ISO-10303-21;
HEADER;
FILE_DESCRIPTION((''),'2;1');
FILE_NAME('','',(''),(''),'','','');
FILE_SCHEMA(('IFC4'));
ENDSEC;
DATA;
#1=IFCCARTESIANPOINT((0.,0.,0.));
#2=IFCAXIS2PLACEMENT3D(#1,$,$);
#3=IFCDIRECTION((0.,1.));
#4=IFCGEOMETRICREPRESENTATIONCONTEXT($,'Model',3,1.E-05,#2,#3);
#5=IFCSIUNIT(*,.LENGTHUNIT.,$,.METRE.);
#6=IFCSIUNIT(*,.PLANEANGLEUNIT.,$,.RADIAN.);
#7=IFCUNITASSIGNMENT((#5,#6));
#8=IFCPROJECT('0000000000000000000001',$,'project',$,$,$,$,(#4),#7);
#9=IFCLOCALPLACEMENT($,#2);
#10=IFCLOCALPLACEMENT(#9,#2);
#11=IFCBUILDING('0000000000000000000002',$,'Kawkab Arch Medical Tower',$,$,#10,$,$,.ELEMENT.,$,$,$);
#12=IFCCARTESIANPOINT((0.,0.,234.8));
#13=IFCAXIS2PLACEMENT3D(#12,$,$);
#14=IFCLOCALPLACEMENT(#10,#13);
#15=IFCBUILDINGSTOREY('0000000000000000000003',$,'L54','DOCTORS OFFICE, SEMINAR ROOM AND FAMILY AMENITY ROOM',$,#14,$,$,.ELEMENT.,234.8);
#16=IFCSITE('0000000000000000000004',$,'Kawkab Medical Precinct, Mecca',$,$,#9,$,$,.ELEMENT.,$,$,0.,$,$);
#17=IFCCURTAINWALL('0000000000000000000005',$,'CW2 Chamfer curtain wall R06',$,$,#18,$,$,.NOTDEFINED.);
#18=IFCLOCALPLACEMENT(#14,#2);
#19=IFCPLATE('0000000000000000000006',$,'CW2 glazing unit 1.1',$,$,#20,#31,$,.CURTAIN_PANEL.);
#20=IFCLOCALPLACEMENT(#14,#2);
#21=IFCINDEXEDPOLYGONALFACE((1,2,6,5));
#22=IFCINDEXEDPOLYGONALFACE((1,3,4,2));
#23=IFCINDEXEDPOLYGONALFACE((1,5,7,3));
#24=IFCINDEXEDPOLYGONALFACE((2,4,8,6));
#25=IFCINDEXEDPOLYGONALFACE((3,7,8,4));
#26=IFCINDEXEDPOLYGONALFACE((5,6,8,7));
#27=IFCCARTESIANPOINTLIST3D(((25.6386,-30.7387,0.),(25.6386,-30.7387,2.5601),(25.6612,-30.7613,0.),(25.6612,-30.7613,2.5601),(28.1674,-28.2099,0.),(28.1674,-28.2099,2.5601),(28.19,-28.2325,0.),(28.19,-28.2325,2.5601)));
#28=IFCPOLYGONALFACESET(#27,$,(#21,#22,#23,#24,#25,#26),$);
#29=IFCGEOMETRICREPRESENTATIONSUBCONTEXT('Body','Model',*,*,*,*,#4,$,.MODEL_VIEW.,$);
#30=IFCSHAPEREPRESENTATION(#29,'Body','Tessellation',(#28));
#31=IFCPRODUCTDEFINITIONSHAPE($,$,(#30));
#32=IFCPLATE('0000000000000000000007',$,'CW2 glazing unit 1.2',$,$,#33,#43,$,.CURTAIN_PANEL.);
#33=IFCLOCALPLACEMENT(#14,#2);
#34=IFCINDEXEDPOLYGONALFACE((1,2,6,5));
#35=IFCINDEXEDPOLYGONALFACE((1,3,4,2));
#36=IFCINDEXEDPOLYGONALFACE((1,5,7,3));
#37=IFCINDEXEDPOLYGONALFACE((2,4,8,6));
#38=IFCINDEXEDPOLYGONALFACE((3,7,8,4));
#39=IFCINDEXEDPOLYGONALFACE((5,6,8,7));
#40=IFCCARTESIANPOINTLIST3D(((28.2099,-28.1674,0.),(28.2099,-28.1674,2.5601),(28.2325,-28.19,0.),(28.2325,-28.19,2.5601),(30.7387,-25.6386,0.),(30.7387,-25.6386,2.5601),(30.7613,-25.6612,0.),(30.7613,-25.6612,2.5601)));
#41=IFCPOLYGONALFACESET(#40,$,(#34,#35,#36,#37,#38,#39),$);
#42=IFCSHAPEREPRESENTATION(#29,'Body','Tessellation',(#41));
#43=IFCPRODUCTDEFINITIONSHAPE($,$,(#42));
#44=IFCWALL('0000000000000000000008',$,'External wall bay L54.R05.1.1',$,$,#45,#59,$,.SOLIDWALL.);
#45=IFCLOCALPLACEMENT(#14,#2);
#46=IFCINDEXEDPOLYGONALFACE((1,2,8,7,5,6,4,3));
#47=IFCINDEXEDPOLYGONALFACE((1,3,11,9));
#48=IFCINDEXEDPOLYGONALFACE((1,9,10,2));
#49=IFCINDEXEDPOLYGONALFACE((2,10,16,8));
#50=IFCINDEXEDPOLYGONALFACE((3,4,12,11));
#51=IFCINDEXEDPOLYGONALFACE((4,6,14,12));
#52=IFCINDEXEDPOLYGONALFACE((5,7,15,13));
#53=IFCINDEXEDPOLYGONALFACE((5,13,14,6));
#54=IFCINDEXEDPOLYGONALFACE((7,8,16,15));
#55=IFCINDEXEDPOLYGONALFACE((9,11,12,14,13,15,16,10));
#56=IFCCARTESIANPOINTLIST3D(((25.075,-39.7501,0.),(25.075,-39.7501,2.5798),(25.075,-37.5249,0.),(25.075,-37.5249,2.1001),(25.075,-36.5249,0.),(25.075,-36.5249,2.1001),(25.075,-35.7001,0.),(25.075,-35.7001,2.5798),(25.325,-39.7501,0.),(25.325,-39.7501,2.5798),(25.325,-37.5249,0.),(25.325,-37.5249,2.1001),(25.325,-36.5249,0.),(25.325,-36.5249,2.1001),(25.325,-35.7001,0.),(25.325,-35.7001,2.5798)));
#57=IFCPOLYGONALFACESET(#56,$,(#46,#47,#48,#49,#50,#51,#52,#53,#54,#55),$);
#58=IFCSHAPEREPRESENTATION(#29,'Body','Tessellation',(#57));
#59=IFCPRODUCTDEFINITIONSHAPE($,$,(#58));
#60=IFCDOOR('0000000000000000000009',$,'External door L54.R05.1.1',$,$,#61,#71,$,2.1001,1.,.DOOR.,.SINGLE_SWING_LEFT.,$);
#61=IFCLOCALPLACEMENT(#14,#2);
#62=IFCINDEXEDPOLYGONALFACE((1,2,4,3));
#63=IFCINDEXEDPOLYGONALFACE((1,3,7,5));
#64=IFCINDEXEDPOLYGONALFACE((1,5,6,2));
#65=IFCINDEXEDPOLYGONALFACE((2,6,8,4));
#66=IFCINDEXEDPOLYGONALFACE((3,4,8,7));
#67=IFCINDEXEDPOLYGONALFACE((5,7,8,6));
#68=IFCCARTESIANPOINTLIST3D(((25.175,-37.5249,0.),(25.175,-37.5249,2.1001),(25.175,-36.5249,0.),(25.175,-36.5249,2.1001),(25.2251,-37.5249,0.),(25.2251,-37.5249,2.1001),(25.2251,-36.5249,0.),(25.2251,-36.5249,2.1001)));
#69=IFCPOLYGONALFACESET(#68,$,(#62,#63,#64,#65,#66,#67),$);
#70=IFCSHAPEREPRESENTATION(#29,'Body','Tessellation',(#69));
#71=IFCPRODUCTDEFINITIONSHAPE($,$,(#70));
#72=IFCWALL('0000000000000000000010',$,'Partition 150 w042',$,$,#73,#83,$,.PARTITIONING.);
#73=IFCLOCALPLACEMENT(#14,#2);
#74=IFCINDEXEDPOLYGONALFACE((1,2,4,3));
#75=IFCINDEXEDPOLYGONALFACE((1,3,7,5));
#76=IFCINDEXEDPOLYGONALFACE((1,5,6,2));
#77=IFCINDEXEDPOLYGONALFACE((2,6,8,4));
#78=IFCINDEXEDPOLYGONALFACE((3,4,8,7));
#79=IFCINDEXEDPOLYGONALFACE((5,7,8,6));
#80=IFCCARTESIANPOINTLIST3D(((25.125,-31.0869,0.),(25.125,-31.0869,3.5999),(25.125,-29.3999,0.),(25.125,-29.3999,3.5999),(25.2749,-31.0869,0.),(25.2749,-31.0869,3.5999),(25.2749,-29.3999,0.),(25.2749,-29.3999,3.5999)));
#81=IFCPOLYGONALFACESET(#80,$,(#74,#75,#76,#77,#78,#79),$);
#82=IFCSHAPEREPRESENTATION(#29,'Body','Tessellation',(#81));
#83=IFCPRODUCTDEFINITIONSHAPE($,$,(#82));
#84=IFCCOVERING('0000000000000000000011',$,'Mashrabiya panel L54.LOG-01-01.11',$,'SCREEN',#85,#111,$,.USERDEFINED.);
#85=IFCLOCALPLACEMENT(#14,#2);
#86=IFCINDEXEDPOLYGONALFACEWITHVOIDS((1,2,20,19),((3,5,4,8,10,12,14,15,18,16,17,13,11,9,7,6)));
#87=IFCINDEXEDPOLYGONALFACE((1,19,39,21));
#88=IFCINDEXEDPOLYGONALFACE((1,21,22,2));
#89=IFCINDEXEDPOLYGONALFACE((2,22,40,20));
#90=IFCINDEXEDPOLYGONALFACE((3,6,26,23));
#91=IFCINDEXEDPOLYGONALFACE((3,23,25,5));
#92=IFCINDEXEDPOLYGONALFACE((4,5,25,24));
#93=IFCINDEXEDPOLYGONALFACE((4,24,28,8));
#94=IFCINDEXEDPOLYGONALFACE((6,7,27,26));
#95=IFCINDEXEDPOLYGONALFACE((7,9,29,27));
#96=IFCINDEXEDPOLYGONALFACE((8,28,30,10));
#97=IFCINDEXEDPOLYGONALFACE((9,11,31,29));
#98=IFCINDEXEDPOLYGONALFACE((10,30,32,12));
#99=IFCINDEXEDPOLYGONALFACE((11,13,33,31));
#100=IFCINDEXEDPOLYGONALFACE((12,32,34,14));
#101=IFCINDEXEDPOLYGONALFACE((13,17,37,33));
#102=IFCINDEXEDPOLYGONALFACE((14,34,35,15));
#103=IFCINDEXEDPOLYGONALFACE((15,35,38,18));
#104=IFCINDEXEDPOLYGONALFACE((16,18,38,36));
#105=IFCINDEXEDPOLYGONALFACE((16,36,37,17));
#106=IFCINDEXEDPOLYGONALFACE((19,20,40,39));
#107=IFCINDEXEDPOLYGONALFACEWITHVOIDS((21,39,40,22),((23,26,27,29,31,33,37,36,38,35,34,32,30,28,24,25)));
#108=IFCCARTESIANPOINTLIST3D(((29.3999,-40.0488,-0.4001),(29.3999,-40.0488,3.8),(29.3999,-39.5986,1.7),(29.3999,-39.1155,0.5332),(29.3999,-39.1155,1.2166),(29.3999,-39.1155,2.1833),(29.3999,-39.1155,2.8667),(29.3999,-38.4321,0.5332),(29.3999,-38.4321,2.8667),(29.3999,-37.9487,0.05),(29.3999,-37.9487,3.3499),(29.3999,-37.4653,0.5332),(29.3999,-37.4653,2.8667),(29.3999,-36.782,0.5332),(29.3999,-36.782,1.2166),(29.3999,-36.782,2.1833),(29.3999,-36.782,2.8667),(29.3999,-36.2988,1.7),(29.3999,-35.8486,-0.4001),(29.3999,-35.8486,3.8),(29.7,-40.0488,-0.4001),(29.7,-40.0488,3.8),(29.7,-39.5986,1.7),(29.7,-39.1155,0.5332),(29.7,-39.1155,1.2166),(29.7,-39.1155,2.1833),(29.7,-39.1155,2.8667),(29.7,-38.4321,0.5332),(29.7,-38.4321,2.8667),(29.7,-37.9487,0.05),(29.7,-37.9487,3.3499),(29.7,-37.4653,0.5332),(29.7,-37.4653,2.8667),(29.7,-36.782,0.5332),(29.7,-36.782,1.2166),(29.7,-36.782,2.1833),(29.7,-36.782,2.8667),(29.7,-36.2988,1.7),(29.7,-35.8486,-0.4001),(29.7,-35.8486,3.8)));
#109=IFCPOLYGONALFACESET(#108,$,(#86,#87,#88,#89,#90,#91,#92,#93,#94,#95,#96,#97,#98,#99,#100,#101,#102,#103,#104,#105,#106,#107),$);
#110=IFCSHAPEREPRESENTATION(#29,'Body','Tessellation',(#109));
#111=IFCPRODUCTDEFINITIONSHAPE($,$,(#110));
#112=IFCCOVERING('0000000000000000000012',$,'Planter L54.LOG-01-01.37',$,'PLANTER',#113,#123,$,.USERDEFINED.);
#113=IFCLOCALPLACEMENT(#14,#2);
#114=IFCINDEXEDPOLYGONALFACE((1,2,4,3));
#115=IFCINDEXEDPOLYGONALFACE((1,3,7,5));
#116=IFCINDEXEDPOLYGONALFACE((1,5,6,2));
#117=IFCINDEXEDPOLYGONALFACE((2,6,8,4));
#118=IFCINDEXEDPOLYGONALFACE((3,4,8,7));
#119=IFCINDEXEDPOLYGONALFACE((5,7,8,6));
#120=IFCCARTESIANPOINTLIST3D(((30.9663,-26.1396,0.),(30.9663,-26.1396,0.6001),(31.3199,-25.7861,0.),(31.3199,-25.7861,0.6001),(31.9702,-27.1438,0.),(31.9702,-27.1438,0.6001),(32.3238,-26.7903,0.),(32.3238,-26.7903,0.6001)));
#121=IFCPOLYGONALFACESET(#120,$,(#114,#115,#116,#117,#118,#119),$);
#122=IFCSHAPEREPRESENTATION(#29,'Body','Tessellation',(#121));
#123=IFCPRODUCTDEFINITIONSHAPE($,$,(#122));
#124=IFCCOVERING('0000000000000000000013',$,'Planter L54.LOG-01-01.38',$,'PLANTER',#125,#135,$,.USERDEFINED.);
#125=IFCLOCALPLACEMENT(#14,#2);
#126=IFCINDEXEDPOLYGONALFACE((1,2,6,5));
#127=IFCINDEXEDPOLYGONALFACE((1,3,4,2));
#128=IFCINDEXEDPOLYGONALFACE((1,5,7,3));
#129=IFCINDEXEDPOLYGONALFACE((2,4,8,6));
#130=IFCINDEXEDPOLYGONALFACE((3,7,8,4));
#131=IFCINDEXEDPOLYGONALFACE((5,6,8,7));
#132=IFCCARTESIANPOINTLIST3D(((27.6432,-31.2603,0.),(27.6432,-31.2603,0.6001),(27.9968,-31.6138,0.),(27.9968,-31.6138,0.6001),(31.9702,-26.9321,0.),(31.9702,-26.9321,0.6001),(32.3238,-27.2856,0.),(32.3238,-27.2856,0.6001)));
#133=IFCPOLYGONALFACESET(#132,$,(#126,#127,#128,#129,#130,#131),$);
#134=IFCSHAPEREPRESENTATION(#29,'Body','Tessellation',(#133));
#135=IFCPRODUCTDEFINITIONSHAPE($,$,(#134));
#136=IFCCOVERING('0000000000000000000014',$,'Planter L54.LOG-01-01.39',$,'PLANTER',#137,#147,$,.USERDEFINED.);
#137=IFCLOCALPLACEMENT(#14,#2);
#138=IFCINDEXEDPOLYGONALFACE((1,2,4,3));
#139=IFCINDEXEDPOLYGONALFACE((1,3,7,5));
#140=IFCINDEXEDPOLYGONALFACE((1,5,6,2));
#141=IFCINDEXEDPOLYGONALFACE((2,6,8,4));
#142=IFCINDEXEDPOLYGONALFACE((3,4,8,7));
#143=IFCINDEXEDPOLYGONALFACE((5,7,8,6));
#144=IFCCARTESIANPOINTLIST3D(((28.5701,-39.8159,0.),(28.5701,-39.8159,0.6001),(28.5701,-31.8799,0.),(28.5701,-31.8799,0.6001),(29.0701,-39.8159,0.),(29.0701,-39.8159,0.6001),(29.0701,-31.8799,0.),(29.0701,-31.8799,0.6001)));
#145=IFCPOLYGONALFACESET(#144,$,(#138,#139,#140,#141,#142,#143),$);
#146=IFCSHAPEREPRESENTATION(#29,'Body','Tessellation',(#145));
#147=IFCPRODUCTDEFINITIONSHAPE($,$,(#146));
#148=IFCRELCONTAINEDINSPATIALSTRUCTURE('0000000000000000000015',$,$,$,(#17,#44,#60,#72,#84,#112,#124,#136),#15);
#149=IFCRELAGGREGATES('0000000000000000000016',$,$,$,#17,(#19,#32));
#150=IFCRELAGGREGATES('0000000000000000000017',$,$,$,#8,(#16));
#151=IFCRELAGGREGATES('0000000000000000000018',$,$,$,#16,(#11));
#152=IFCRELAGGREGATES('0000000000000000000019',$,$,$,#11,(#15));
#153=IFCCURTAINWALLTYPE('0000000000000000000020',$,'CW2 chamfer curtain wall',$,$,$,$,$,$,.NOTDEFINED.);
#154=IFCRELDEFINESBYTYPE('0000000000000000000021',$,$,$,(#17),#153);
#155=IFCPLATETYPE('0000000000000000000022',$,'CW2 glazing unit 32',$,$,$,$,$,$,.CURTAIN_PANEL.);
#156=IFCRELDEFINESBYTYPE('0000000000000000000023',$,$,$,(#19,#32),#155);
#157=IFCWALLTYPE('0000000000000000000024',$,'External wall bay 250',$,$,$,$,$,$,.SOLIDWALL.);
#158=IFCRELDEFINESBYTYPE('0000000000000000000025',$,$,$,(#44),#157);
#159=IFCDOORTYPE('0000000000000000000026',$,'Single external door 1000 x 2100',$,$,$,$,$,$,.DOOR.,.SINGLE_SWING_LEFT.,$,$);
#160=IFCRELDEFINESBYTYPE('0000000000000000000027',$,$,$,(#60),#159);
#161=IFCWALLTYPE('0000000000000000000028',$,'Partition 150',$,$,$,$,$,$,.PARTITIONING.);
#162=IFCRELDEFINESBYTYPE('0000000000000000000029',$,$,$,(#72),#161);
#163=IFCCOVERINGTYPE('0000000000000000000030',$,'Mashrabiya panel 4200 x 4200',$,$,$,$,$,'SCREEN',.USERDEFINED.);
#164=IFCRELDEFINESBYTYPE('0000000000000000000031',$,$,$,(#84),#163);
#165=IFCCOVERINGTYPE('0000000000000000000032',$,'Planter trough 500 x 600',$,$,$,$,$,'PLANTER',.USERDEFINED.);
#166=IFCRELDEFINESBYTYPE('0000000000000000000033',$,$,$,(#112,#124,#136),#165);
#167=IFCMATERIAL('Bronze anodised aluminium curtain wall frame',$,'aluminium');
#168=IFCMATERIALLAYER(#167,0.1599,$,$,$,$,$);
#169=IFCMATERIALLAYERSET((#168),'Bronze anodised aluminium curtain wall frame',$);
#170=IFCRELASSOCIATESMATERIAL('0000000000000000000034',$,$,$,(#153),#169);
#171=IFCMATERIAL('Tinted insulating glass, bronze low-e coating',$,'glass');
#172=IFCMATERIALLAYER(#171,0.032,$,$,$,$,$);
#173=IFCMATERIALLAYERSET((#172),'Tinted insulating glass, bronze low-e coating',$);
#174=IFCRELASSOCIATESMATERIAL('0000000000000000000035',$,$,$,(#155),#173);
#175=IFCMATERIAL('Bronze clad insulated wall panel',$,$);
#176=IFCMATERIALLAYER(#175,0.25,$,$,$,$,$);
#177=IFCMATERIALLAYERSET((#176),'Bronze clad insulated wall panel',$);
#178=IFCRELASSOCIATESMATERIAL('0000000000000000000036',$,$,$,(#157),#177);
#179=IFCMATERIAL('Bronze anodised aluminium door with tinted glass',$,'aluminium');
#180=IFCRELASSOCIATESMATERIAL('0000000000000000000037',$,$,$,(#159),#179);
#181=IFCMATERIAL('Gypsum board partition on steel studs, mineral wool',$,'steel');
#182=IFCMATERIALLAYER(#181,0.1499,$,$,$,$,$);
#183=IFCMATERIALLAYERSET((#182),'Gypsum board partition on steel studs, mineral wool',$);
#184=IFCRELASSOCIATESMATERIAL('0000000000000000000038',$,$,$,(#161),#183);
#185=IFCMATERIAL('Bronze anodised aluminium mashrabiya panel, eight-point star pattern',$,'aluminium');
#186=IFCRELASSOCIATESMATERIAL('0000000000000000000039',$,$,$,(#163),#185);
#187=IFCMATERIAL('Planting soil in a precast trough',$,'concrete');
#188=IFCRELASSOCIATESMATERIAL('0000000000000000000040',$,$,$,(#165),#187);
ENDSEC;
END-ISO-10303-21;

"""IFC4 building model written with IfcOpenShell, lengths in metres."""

from ifc_helpers import new_model, si_unit, direction, frame, frame_2d, origin, origin_2d, place, context, subcontext, project, spatial, polyline, rectangle, outline, extrude, material, layer, layer_set, material_profile, profile_set, type_object, element, fill, aggregate, save


model = new_model("IFC4")

# Units and contexts
model_context = context("Model", 3, precision=1e-05, world=origin(), true_north=direction((0.0, 1.0)))
body_context = subcontext(model_context, "Body", "Model", "MODEL_VIEW")
ifc_project = project(units=[si_unit("LENGTHUNIT", "METRE"), si_unit("PLANEANGLEUNIT", "RADIAN")], contexts=[model_context])

# Site, building, storey
site_placement = place(None, origin())
site = spatial("IfcSite", under=ifc_project, at=site_placement, Name="Kawkab Medical Precinct, Mecca", CompositionType="ELEMENT", RefElevation=0.0)
building_placement = place(site_placement, origin())
building = spatial("IfcBuilding", under=site, at=building_placement, Name="Kawkab Arch Medical Tower", CompositionType="ELEMENT")
storey_placement = place(building_placement, frame((0.0, 0.0, 234.8)))
storey = spatial("IfcBuildingStorey", under=building, at=storey_placement, Name="L54", Description="DOCTORS OFFICE, SEMINAR ROOM AND FAMILY AMENITY ROOM", CompositionType="ELEMENT", Elevation=234.8)

# Shared definitions
placement = place(storey_placement, origin())
ifc_material_1 = material(Name="Bronze anodised aluminium curtain wall frame", Category="aluminium")
ifc_layer_1 = layer(ifc_material_1, 0.1599)
ifc_layer_set_1 = layer_set([ifc_layer_1], Name="Bronze anodised aluminium curtain wall frame")
curtain_wall_type_1 = type_object("IfcCurtainWallType", Name="CW2 chamfer curtain wall", PredefinedType="NOTDEFINED", material=ifc_layer_set_1)

# Curtain wall
curtain_wall_1 = element("IfcCurtainWall", 1, at=placement, inside=storey, type_object=curtain_wall_type_1, Name="CW2 Chamfer curtain wall R06", PredefinedType="NOTDEFINED")

# Plates
ifc_material_2 = material(Name="Tinted insulating glass, bronze low-e coating", Category="glass")
ifc_layer_2 = layer(ifc_material_2, 0.032)
ifc_layer_set_2 = layer_set([ifc_layer_2], Name="Tinted insulating glass, bronze low-e coating")
plate_type_1 = type_object("IfcPlateType", Name="CW2 glazing unit 32", PredefinedType="CURTAIN_PANEL", material=ifc_layer_set_2)
plate_1_placement = place(storey_placement, frame((26.9143, -29.4856, 0.0), z_axis=(0.0, 0.0, 1.0), x_axis=(0.707107, 0.707107, 0.0)))
plate_1 = element("IfcPlate", 2, at=plate_1_placement, type_object=plate_type_1, Name="CW2 glazing unit 1.1", PredefinedType="CURTAIN_PANEL", context=body_context, shape_type="SweptSolid", body=[
    extrude(rectangle(XDim=3.5762, YDim=0.032, at=origin_2d()), origin(), (0.0, 0.0, 1.0), 2.5601),
])
plate_2_placement = place(storey_placement, frame((29.4856, -26.9143, 0.0), z_axis=(0.0, 0.0, 1.0), x_axis=(0.707107, 0.707107, 0.0)))
plate_2 = element("IfcPlate", 3, at=plate_2_placement, type_object=plate_type_1, Name="CW2 glazing unit 1.2", PredefinedType="CURTAIN_PANEL", context=body_context, shape_type="SweptSolid", body=[
    extrude(rectangle(XDim=3.5762, YDim=0.032, at=origin_2d()), origin(), (0.0, 0.0, 1.0), 2.5601),
])
aggregate(curtain_wall_1, [plate_1, plate_2])

# Wall, opening, door
ifc_material_3 = material(Name="Bronze clad insulated wall panel")
ifc_layer_3 = layer(ifc_material_3, 0.25)
ifc_layer_set_3 = layer_set([ifc_layer_3], Name="Bronze clad insulated wall panel")
wall_type_1 = type_object("IfcWallType", Name="External wall bay 250", PredefinedType="SOLIDWALL", material=ifc_layer_set_3)
wall_1_placement = place(storey_placement, frame((25.2, -39.75, 0.0), z_axis=(0.0, 0.0, 1.0), x_axis=(0.0, 1.0, 0.0)))
wall_1 = element("IfcWall", 4, at=wall_1_placement, inside=storey, type_object=wall_type_1, Name="External wall bay L54.R05.1.1", PredefinedType="SOLIDWALL", context=body_context, shape_type="SweptSolid", body=[
    extrude(rectangle(XDim=4.05, YDim=0.25, at=frame_2d((2.0249, 0.0))), origin(), (0.0, 0.0, 1.0), 2.5798),
])
opening_placement = place(wall_1_placement, frame((2.2251, 0.0, 0.0)))
opening = element("IfcOpeningElement", 5, at=opening_placement, cuts=wall_1, PredefinedType="OPENING", context=body_context, shape_type="SweptSolid", body=[
    extrude(rectangle(XDim=1.0, YDim=2.1001, at=frame_2d((0.5, 1.05))), frame((0.0, 0.135, 0.0), z_axis=(0.0, -1.0, 0.0), x_axis=(1.0, 0.0, 0.0)), (0.0, 0.0, 1.0), 0.27),
])
ifc_material_4 = material(Name="Bronze anodised aluminium door with tinted glass", Category="aluminium")
door_type = type_object("IfcDoorType", Name="Single external door 1000 x 2100", OperationType="SINGLE_SWING_LEFT", PredefinedType="DOOR", material=ifc_material_4)
door_placement = place(opening_placement, origin())
door = element("IfcDoor", 6, at=door_placement, inside=storey, type_object=door_type, Name="External door L54.R05.1.1", OperationType="SINGLE_SWING_LEFT", OverallHeight=2.1001, OverallWidth=1.0, PredefinedType="DOOR", context=body_context, shape_type="SweptSolid", body=[
    extrude(rectangle(XDim=1.0, YDim=2.1001, at=frame_2d((0.5, 1.05))), frame((0.0, 0.0249, 0.0), z_axis=(0.0, -1.0, 0.0), x_axis=(1.0, 0.0, 0.0)), (0.0, 0.0, 1.0), 0.05),
])
fill(opening, door)

# Wall
ifc_material_5 = material(Name="Gypsum board partition on steel studs, mineral wool", Category="steel")
ifc_layer_4 = layer(ifc_material_5, 0.1499)
ifc_layer_set_4 = layer_set([ifc_layer_4], Name="Gypsum board partition on steel studs, mineral wool")
wall_type_2 = type_object("IfcWallType", Name="Partition 150", PredefinedType="PARTITIONING", material=ifc_layer_set_4)
wall_2_placement = place(storey_placement, frame((25.2, -31.0869, 0.0), z_axis=(0.0, 0.0, 1.0), x_axis=(0.0, 1.0, 0.0)))
element("IfcWall", 7, at=wall_2_placement, inside=storey, type_object=wall_type_2, Name="Partition 150 w042", PredefinedType="PARTITIONING", context=body_context, shape_type="SweptSolid", body=[
    extrude(rectangle(XDim=1.687, YDim=0.1499, at=frame_2d((0.8435, 0.0))), origin(), (0.0, 0.0, 1.0), 3.5999),
])

# Coverings
ifc_material_6 = material(Name="Bronze anodised aluminium mashrabiya panel, eight-point star pattern", Category="aluminium")
ifc_material_profile_1 = material_profile(ifc_material_6, outline(polyline([(-2.1001, -2.1001), (2.1001, -2.1001), (2.1001, 2.1001), (-2.1001, 2.1001), (-2.1001, -2.1001)]), holes=[polyline([(1.6499, 0.0), (1.1667, 0.4834), (1.1667, 1.1667), (0.4834, 1.1667), (0.0, 1.6499), (-0.4834, 1.1667), (-1.1667, 1.1667), (-1.1667, 0.4834), (-1.6499, 0.0), (-1.1667, -0.4834), (-1.1667, -1.1667), (-0.4834, -1.1667), (0.0, -1.6499), (0.4834, -1.1667), (1.1667, -1.1667), (1.1667, -0.4834), (1.6499, 0.0)])]), Name="Mashrabiya panel 4200x4200")
ifc_profile_set_1 = profile_set([ifc_material_profile_1], Name="Bronze anodised aluminium mashrabiya panel, eight-point star pattern")
covering_type_1 = type_object("IfcCoveringType", Name="Mashrabiya panel 4200 x 4200", ElementType="SCREEN", PredefinedType="USERDEFINED", material=ifc_profile_set_1)
covering_1_placement = place(storey_placement, frame((29.3999, -37.9487, 1.7), z_axis=(1.0, 0.0, 0.0), x_axis=(0.0, 1.0, 0.0)))
element("IfcCovering", 8, at=covering_1_placement, inside=storey, type_object=covering_type_1, Name="Mashrabiya panel L54.LOG-01-01.11", ObjectType="SCREEN", PredefinedType="USERDEFINED", context=body_context, shape_type="SweptSolid", body=[
    extrude(outline(polyline([(-2.1001, -2.1001), (2.1001, -2.1001), (2.1001, 2.1001), (-2.1001, 2.1001), (-2.1001, -2.1001)]), holes=[polyline([(1.6499, 0.0), (1.1667, 0.4834), (1.1667, 1.1667), (0.4834, 1.1667), (0.0, 1.6499), (-0.4834, 1.1667), (-1.1667, 1.1667), (-1.1667, 0.4834), (-1.6499, 0.0), (-1.1667, -0.4834), (-1.1667, -1.1667), (-0.4834, -1.1667), (0.0, -1.6499), (0.4834, -1.1667), (1.1667, -1.1667), (1.1667, -0.4834), (1.6499, 0.0)])]), origin(), (0.0, 0.0, 1.0), 0.3),
])
ifc_material_7 = material(Name="Planting soil in a precast trough", Category="concrete")
ifc_material_profile_2 = material_profile(ifc_material_7, rectangle(XDim=0.5, YDim=0.6001, at=origin_2d()), Name="Trough 500x600")
ifc_profile_set_2 = profile_set([ifc_material_profile_2], Name="Planting soil in a precast trough")
covering_type_2 = type_object("IfcCoveringType", Name="Planter trough 500 x 600", ElementType="PLANTER", PredefinedType="USERDEFINED", material=ifc_profile_set_2)
covering_2_placement = place(storey_placement, frame((31.1431, -25.9629, 0.3), z_axis=(0.707021, -0.707193, 0.0), x_axis=(0.707193, 0.707021, 0.0)))
element("IfcCovering", 9, at=covering_2_placement, inside=storey, type_object=covering_type_2, Name="Planter L54.LOG-01-01.37", ObjectType="PLANTER", PredefinedType="USERDEFINED", context=body_context, shape_type="SweptSolid", body=[
    extrude(rectangle(XDim=0.5, YDim=0.6001, at=origin_2d()), origin(), (0.0, 0.0, 1.0), 1.4199),
])
covering_3_placement = place(storey_placement, frame((32.147, -27.1089, 0.3), z_axis=(-0.707007, -0.707207, 0.0), x_axis=(0.707207, -0.707007, 0.0)))
element("IfcCovering", 10, at=covering_3_placement, inside=storey, type_object=covering_type_2, Name="Planter L54.LOG-01-01.38", ObjectType="PLANTER", PredefinedType="USERDEFINED", context=body_context, shape_type="SweptSolid", body=[
    extrude(rectangle(XDim=0.5, YDim=0.6001, at=origin_2d()), origin(), (0.0, 0.0, 1.0), 6.1201),
])
covering_4_placement = place(storey_placement, frame((28.8201, -31.8799, 0.3), z_axis=(0.0, -1.0, 0.0), x_axis=(1.0, 0.0, 0.0)))
element("IfcCovering", 11, at=covering_4_placement, inside=storey, type_object=covering_type_2, Name="Planter L54.LOG-01-01.39", ObjectType="PLANTER", PredefinedType="USERDEFINED", context=body_context, shape_type="SweptSolid", body=[
    extrude(rectangle(XDim=0.5, YDim=0.6001, at=origin_2d()), origin(), (0.0, 0.0, 1.0), 7.936),
])

save(model, "model.ifc")
